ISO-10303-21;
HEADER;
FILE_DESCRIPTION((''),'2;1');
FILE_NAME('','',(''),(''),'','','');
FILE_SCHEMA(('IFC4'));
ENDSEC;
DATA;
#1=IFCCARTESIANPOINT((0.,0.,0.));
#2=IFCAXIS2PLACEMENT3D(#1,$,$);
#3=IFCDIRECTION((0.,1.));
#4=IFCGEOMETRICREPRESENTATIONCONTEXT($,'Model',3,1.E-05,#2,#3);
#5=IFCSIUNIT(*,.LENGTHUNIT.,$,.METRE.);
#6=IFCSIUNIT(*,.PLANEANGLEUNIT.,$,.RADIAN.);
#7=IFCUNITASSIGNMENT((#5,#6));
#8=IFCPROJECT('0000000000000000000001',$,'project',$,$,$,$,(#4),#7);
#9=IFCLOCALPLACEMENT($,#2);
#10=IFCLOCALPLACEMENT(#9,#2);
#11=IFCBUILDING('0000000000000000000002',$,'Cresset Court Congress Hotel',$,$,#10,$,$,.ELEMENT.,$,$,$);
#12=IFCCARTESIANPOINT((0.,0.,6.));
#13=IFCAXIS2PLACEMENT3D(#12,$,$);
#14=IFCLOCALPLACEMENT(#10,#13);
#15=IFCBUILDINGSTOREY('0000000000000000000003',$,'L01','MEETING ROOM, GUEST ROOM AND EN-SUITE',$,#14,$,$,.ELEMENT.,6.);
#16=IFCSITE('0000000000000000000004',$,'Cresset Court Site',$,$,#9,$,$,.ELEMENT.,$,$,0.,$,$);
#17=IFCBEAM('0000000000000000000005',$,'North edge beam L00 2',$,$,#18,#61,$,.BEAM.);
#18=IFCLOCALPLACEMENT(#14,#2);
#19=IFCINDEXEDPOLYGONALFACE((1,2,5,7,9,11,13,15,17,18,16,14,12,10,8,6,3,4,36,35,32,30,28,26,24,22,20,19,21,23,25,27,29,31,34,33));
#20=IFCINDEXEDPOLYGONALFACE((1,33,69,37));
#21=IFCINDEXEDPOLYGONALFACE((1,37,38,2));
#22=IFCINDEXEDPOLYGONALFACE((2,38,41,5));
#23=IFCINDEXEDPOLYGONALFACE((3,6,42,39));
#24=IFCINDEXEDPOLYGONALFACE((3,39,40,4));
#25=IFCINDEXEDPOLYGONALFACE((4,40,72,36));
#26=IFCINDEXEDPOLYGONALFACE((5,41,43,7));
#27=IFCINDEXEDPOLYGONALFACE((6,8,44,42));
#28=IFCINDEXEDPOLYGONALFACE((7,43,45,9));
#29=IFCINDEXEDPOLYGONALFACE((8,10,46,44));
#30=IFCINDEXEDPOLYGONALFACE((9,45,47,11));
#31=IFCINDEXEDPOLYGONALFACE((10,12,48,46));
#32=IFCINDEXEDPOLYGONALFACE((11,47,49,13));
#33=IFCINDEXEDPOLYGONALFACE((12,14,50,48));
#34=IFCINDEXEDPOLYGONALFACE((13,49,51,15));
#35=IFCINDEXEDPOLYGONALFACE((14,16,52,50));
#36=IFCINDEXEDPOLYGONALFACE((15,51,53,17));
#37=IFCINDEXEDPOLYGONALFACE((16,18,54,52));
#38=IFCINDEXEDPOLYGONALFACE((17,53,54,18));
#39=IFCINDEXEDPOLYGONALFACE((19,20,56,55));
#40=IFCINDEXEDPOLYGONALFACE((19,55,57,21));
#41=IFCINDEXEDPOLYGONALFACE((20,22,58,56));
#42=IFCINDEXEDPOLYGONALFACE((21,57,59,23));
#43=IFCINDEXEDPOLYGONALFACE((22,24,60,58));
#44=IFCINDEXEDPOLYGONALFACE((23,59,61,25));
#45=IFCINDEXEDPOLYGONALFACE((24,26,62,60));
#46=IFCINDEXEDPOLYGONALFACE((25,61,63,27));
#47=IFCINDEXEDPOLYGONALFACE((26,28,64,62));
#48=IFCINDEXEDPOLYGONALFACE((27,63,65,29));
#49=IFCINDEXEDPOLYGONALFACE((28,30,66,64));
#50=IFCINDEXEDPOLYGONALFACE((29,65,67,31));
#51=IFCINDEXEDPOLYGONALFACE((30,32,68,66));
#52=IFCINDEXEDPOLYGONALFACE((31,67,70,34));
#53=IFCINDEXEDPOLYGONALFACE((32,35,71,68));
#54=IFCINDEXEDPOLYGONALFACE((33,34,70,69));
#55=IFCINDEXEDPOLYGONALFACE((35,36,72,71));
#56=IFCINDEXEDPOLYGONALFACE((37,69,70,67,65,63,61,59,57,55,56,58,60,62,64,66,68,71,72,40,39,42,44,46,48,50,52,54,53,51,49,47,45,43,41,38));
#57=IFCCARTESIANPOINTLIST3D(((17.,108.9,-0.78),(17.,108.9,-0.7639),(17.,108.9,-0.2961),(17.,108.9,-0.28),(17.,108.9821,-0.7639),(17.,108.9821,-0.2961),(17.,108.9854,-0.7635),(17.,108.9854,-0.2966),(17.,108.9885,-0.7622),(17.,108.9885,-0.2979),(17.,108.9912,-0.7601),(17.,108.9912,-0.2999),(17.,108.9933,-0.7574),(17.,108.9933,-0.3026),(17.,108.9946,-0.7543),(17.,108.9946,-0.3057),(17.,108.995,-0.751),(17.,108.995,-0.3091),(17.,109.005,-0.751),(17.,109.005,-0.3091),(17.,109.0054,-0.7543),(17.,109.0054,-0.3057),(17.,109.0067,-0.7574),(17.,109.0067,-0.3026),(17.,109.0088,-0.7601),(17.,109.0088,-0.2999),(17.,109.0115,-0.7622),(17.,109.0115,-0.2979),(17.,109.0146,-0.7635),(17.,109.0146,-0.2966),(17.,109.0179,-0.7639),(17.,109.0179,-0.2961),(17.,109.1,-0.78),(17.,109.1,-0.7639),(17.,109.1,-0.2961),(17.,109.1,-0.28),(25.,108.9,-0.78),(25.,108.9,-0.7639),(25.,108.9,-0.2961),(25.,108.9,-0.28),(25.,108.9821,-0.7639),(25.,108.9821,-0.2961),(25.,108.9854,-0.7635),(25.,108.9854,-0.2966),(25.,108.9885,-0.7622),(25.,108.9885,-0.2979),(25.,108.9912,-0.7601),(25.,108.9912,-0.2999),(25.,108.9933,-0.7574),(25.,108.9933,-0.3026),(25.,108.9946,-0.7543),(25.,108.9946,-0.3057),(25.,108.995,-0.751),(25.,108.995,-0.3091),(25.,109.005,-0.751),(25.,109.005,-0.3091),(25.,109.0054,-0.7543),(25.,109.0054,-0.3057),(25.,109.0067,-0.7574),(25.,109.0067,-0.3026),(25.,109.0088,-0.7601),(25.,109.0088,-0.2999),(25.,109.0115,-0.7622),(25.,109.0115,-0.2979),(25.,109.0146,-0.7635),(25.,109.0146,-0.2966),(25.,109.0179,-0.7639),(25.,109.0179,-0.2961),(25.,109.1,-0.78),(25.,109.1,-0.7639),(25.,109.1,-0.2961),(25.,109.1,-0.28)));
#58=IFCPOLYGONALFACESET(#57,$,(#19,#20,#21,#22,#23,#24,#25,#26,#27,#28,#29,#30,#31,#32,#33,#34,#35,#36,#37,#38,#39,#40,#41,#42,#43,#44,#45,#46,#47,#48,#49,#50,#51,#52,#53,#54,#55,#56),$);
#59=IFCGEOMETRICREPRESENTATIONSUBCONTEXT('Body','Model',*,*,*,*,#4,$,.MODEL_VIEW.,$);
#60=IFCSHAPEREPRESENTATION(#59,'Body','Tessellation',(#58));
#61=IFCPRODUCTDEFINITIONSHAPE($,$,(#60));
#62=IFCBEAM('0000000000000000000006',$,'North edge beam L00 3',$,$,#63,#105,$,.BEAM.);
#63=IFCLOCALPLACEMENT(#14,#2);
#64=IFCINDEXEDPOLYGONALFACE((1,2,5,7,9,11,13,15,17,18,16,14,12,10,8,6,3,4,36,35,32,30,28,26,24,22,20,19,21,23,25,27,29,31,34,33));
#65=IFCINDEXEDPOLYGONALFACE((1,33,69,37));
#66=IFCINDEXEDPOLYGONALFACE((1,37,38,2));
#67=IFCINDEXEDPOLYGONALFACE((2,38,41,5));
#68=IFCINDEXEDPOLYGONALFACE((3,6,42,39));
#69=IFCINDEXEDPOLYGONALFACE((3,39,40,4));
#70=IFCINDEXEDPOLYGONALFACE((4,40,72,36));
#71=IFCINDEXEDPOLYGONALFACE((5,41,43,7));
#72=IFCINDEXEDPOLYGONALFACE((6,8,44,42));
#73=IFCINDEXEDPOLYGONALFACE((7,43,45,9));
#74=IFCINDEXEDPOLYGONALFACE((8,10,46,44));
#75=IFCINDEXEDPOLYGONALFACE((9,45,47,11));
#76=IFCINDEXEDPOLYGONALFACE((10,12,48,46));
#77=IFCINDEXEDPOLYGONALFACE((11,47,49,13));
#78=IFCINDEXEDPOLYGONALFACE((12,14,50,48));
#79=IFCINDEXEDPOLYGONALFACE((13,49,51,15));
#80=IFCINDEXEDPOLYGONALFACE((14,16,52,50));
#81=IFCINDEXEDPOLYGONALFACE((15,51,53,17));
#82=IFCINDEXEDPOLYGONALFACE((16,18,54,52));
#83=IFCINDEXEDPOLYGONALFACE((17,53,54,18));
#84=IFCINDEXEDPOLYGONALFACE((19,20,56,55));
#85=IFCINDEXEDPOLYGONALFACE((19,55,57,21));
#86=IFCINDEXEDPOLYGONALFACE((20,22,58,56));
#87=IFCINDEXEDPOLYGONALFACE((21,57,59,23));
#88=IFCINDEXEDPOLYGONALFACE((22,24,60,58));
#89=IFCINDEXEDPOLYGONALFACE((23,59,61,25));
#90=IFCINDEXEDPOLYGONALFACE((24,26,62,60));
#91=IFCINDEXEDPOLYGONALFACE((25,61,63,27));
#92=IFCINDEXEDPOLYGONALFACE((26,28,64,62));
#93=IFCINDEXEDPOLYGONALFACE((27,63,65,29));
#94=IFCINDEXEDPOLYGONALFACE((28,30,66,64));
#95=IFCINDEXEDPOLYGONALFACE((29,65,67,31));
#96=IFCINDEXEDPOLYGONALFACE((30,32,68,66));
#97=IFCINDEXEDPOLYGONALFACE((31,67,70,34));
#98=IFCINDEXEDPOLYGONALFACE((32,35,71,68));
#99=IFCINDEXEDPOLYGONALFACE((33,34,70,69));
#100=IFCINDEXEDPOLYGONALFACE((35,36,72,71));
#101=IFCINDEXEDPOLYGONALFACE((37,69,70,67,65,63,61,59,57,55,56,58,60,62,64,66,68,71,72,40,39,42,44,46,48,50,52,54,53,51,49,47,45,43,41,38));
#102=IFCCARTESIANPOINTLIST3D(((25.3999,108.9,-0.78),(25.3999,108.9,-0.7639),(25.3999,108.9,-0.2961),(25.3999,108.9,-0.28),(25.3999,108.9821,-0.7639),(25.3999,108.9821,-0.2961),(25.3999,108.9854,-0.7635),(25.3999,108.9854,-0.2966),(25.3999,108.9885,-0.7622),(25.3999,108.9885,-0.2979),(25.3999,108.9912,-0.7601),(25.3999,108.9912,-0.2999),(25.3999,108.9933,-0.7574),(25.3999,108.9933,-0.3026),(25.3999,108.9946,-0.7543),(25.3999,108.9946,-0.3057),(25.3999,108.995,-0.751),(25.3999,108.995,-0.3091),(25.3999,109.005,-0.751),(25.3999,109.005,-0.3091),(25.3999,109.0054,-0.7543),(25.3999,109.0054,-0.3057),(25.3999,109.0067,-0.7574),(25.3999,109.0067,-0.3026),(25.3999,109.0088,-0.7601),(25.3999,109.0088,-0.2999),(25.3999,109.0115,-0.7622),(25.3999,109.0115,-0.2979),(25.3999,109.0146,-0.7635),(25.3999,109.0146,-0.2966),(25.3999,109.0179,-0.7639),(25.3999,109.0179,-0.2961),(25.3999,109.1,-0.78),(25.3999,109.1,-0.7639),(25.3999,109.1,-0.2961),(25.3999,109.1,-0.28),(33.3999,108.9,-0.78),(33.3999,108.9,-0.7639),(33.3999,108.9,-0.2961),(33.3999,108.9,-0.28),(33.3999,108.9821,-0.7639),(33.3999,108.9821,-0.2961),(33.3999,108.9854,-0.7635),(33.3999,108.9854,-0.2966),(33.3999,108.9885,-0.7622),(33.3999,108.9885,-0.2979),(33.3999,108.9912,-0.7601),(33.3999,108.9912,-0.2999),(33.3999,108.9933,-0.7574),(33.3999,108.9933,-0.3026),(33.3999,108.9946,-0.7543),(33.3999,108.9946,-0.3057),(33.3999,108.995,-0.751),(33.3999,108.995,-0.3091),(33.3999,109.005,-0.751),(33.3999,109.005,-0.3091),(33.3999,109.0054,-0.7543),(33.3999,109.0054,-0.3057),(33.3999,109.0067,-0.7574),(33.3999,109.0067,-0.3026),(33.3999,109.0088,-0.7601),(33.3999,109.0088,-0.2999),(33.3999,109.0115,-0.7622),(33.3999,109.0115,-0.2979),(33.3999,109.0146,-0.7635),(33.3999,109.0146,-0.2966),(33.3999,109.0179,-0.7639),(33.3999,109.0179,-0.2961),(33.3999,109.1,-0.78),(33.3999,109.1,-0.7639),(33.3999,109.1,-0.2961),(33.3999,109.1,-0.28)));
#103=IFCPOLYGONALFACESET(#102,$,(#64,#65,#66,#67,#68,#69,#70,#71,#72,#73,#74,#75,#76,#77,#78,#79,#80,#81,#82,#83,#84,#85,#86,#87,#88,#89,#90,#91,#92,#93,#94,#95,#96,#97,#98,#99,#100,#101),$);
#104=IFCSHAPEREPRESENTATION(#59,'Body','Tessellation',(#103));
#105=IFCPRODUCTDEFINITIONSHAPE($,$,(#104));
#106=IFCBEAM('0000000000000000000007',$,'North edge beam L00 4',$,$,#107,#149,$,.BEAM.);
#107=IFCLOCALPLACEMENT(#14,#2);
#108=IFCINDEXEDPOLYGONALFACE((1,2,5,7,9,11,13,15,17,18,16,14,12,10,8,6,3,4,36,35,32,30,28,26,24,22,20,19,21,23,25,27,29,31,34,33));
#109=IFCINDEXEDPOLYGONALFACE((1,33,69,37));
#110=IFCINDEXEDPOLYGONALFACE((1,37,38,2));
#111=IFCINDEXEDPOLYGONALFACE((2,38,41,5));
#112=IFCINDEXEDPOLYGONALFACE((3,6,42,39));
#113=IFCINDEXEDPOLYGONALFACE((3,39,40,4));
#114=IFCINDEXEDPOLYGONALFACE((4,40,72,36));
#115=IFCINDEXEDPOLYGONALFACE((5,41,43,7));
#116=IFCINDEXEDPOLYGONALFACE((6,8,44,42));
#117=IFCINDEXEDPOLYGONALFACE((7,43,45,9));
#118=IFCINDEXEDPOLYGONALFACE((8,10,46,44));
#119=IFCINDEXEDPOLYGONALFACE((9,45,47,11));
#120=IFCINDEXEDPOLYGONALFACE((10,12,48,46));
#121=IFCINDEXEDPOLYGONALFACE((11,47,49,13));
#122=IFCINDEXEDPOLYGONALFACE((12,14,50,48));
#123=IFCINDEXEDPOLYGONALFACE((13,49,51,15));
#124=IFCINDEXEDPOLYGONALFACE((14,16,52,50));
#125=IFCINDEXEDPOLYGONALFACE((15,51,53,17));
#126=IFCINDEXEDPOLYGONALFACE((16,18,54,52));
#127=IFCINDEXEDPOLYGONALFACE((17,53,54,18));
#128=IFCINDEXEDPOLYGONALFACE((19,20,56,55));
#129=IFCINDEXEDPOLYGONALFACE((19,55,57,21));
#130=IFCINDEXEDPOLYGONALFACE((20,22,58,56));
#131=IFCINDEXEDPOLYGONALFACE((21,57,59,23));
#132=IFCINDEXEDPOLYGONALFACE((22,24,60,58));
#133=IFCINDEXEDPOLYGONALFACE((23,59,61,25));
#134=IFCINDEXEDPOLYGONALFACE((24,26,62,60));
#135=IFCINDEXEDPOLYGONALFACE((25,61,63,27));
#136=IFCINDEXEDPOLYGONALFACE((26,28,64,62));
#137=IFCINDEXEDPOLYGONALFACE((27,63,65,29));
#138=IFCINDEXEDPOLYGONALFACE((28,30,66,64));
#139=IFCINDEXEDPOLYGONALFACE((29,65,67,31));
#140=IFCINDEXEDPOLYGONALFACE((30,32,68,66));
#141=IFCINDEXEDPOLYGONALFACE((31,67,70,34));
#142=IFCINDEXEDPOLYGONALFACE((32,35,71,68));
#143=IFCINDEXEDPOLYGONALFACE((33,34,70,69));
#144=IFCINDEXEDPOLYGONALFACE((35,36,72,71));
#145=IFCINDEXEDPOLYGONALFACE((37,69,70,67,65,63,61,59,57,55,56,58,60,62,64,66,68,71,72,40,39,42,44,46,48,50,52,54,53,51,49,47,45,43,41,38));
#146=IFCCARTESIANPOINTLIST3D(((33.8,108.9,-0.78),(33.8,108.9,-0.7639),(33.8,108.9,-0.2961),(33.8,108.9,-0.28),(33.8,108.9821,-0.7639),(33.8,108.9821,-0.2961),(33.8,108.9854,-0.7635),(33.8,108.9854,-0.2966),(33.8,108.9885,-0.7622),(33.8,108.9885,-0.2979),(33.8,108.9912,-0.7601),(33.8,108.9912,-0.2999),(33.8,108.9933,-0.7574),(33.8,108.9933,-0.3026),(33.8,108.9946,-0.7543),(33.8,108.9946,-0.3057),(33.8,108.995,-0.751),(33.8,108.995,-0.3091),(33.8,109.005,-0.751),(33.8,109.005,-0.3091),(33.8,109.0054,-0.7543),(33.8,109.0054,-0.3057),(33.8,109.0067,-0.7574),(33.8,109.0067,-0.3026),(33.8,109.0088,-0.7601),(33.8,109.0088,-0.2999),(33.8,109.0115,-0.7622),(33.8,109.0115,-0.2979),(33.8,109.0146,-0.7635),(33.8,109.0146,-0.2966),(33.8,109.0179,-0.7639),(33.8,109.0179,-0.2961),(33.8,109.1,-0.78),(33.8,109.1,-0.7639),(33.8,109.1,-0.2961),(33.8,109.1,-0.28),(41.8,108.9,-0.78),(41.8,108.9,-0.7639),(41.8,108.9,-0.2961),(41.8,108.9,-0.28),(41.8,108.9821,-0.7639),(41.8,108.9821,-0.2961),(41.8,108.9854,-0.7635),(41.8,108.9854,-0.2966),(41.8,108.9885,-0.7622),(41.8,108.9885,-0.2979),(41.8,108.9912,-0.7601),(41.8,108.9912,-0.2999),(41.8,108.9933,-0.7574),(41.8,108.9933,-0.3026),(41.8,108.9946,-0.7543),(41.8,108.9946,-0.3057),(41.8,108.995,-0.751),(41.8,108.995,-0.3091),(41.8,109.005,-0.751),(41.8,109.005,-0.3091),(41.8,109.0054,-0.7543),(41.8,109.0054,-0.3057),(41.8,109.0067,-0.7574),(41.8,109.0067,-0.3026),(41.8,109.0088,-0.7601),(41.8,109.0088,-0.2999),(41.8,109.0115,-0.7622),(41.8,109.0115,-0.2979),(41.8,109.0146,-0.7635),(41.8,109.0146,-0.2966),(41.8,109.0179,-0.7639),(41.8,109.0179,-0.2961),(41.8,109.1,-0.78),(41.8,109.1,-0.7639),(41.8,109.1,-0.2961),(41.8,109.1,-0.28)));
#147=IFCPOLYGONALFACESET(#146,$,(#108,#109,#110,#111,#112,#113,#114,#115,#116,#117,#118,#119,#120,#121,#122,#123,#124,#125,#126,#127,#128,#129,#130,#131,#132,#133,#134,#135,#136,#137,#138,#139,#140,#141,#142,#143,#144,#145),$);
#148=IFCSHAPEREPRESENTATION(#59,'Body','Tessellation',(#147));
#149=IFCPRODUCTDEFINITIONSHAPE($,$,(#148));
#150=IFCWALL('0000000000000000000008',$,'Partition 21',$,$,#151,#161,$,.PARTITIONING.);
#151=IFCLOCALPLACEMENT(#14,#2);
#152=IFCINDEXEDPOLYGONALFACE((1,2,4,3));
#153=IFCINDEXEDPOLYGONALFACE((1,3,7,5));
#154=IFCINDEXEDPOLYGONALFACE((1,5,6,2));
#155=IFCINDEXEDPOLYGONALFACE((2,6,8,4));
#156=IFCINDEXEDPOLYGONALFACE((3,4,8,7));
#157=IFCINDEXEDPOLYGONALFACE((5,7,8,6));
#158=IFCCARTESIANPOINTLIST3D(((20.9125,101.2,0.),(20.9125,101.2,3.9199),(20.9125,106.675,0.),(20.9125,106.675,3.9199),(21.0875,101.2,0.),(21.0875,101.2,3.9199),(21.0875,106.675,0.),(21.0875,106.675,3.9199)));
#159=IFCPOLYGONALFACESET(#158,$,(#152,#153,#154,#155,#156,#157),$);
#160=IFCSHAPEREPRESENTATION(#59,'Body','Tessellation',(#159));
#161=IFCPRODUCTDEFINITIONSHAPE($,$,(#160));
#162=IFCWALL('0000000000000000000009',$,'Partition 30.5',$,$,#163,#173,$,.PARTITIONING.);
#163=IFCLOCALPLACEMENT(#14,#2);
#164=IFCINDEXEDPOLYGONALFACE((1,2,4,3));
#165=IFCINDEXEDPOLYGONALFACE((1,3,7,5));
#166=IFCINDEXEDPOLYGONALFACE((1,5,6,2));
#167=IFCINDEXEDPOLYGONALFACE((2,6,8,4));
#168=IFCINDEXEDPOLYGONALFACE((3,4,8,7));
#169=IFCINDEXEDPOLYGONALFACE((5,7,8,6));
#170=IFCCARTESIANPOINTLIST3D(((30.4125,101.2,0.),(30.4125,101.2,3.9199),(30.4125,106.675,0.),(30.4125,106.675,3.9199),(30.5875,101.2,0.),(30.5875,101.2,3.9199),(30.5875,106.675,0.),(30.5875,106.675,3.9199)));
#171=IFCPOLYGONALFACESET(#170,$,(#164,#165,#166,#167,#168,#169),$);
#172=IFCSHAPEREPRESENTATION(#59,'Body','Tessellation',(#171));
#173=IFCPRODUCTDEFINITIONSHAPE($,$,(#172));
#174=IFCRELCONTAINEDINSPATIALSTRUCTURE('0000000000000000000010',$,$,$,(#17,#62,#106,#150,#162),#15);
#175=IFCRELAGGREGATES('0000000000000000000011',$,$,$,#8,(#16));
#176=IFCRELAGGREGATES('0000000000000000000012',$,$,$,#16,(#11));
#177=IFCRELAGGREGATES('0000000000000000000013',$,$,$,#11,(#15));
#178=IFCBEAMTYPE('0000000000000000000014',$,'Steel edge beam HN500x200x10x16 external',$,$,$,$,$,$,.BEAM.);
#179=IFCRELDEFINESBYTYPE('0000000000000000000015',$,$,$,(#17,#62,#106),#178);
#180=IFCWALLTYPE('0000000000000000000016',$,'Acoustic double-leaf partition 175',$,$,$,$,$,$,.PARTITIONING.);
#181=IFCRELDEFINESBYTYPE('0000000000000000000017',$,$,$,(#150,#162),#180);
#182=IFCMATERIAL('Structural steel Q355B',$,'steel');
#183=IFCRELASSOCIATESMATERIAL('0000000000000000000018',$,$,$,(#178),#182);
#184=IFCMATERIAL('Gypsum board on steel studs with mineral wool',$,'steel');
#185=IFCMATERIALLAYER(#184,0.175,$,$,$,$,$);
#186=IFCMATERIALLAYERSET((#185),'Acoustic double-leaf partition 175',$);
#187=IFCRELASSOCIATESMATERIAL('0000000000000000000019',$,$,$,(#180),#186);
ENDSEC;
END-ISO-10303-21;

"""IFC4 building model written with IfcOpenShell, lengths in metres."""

from ifc_helpers import new_model, si_unit, direction, frame, frame_2d, origin, origin_2d, place, context, subcontext, project, spatial, rectangle, i_section, extrude, material, layer, layer_set, material_profile, profile_set, type_object, element, save


model = new_model("IFC4")

# Units and contexts
model_context = context("Model", 3, precision=1e-05, world=origin(), true_north=direction((0.0, 1.0)))
body_context = subcontext(model_context, "Body", "Model", "MODEL_VIEW")
ifc_project = project(units=[si_unit("LENGTHUNIT", "METRE"), si_unit("PLANEANGLEUNIT", "RADIAN")], contexts=[model_context])

# Site, building, storey
site_placement = place(None, origin())
site = spatial("IfcSite", under=ifc_project, at=site_placement, Name="Cresset Court Site", CompositionType="ELEMENT", RefElevation=0.0)
building_placement = place(site_placement, origin())
building = spatial("IfcBuilding", under=site, at=building_placement, Name="Cresset Court Congress Hotel", CompositionType="ELEMENT")
storey_placement = place(building_placement, frame((0.0, 0.0, 6.0)))
storey = spatial("IfcBuildingStorey", under=building, at=storey_placement, Name="L01", Description="MEETING ROOM, GUEST ROOM AND EN-SUITE", CompositionType="ELEMENT", Elevation=6.0)

# Beams
ifc_material_1 = material(Name="Structural steel Q355B", Category="steel")
ifc_material_profile_1 = material_profile(ifc_material_1, i_section(OverallWidth=0.2, OverallDepth=0.5, WebThickness=0.01, FlangeThickness=0.0161, FilletRadius=0.0129, at=origin_2d()), Name="HN500x200x10x16")
ifc_profile_set_1 = profile_set([ifc_material_profile_1], Name="Structural steel Q355B")
beam_type = type_object("IfcBeamType", Name="Steel edge beam HN500x200x10x16 external", PredefinedType="BEAM", material=ifc_profile_set_1)
for number, where, z_axis, x_axis, name in (
    (1, (17.0, 109.0, -0.53), (1.0, 0.0, 0.0), (0.0, 1.0, 0.0), "North edge beam L00 2"),
    (2, (25.3999, 109.0, -0.53), (1.0, 0.0, 0.0), (0.0, 1.0, 0.0), "North edge beam L00 3"),
    (3, (33.8, 109.0, -0.53), (1.0, 0.0, 0.0), (0.0, 1.0, 0.0), "North edge beam L00 4"),
):
    element("IfcBeam", number, at=place(storey_placement, frame(where, z_axis=z_axis, x_axis=x_axis)), inside=storey, type_object=beam_type, Name=name, PredefinedType="BEAM", context=body_context, shape_type="SweptSolid", body=[
        extrude(i_section(OverallWidth=0.2, OverallDepth=0.5, WebThickness=0.01, FlangeThickness=0.0161, FilletRadius=0.0129, at=origin_2d()), origin(), (0.0, 0.0, 1.0), 8.0),
    ])

# Walls
ifc_material_2 = material(Name="Gypsum board on steel studs with mineral wool", Category="steel")
ifc_layer_1 = layer(ifc_material_2, 0.175)
ifc_layer_set_1 = layer_set([ifc_layer_1], Name="Acoustic double-leaf partition 175")
wall_type_1 = type_object("IfcWallType", Name="Acoustic double-leaf partition 175", PredefinedType="PARTITIONING", material=ifc_layer_set_1)
for number, where, z_axis, x_axis, name in (
    (4, (21.0, 101.2, 0.0), (0.0, 0.0, 1.0), (0.0, 1.0, 0.0), "Partition 21"),
    (5, (30.5, 101.2, 0.0), (0.0, 0.0, 1.0), (0.0, 1.0, 0.0), "Partition 30.5"),
):
    element("IfcWall", number, at=place(storey_placement, frame(where, z_axis=z_axis, x_axis=x_axis)), inside=storey, type_object=wall_type_1, Name=name, PredefinedType="PARTITIONING", context=body_context, shape_type="SweptSolid", body=[
        extrude(rectangle(XDim=5.4751, YDim=0.175, at=frame_2d((2.7375, 0.0))), origin(), (0.0, 0.0, 1.0), 3.9199),
    ])

save(model, "model.ifc")
